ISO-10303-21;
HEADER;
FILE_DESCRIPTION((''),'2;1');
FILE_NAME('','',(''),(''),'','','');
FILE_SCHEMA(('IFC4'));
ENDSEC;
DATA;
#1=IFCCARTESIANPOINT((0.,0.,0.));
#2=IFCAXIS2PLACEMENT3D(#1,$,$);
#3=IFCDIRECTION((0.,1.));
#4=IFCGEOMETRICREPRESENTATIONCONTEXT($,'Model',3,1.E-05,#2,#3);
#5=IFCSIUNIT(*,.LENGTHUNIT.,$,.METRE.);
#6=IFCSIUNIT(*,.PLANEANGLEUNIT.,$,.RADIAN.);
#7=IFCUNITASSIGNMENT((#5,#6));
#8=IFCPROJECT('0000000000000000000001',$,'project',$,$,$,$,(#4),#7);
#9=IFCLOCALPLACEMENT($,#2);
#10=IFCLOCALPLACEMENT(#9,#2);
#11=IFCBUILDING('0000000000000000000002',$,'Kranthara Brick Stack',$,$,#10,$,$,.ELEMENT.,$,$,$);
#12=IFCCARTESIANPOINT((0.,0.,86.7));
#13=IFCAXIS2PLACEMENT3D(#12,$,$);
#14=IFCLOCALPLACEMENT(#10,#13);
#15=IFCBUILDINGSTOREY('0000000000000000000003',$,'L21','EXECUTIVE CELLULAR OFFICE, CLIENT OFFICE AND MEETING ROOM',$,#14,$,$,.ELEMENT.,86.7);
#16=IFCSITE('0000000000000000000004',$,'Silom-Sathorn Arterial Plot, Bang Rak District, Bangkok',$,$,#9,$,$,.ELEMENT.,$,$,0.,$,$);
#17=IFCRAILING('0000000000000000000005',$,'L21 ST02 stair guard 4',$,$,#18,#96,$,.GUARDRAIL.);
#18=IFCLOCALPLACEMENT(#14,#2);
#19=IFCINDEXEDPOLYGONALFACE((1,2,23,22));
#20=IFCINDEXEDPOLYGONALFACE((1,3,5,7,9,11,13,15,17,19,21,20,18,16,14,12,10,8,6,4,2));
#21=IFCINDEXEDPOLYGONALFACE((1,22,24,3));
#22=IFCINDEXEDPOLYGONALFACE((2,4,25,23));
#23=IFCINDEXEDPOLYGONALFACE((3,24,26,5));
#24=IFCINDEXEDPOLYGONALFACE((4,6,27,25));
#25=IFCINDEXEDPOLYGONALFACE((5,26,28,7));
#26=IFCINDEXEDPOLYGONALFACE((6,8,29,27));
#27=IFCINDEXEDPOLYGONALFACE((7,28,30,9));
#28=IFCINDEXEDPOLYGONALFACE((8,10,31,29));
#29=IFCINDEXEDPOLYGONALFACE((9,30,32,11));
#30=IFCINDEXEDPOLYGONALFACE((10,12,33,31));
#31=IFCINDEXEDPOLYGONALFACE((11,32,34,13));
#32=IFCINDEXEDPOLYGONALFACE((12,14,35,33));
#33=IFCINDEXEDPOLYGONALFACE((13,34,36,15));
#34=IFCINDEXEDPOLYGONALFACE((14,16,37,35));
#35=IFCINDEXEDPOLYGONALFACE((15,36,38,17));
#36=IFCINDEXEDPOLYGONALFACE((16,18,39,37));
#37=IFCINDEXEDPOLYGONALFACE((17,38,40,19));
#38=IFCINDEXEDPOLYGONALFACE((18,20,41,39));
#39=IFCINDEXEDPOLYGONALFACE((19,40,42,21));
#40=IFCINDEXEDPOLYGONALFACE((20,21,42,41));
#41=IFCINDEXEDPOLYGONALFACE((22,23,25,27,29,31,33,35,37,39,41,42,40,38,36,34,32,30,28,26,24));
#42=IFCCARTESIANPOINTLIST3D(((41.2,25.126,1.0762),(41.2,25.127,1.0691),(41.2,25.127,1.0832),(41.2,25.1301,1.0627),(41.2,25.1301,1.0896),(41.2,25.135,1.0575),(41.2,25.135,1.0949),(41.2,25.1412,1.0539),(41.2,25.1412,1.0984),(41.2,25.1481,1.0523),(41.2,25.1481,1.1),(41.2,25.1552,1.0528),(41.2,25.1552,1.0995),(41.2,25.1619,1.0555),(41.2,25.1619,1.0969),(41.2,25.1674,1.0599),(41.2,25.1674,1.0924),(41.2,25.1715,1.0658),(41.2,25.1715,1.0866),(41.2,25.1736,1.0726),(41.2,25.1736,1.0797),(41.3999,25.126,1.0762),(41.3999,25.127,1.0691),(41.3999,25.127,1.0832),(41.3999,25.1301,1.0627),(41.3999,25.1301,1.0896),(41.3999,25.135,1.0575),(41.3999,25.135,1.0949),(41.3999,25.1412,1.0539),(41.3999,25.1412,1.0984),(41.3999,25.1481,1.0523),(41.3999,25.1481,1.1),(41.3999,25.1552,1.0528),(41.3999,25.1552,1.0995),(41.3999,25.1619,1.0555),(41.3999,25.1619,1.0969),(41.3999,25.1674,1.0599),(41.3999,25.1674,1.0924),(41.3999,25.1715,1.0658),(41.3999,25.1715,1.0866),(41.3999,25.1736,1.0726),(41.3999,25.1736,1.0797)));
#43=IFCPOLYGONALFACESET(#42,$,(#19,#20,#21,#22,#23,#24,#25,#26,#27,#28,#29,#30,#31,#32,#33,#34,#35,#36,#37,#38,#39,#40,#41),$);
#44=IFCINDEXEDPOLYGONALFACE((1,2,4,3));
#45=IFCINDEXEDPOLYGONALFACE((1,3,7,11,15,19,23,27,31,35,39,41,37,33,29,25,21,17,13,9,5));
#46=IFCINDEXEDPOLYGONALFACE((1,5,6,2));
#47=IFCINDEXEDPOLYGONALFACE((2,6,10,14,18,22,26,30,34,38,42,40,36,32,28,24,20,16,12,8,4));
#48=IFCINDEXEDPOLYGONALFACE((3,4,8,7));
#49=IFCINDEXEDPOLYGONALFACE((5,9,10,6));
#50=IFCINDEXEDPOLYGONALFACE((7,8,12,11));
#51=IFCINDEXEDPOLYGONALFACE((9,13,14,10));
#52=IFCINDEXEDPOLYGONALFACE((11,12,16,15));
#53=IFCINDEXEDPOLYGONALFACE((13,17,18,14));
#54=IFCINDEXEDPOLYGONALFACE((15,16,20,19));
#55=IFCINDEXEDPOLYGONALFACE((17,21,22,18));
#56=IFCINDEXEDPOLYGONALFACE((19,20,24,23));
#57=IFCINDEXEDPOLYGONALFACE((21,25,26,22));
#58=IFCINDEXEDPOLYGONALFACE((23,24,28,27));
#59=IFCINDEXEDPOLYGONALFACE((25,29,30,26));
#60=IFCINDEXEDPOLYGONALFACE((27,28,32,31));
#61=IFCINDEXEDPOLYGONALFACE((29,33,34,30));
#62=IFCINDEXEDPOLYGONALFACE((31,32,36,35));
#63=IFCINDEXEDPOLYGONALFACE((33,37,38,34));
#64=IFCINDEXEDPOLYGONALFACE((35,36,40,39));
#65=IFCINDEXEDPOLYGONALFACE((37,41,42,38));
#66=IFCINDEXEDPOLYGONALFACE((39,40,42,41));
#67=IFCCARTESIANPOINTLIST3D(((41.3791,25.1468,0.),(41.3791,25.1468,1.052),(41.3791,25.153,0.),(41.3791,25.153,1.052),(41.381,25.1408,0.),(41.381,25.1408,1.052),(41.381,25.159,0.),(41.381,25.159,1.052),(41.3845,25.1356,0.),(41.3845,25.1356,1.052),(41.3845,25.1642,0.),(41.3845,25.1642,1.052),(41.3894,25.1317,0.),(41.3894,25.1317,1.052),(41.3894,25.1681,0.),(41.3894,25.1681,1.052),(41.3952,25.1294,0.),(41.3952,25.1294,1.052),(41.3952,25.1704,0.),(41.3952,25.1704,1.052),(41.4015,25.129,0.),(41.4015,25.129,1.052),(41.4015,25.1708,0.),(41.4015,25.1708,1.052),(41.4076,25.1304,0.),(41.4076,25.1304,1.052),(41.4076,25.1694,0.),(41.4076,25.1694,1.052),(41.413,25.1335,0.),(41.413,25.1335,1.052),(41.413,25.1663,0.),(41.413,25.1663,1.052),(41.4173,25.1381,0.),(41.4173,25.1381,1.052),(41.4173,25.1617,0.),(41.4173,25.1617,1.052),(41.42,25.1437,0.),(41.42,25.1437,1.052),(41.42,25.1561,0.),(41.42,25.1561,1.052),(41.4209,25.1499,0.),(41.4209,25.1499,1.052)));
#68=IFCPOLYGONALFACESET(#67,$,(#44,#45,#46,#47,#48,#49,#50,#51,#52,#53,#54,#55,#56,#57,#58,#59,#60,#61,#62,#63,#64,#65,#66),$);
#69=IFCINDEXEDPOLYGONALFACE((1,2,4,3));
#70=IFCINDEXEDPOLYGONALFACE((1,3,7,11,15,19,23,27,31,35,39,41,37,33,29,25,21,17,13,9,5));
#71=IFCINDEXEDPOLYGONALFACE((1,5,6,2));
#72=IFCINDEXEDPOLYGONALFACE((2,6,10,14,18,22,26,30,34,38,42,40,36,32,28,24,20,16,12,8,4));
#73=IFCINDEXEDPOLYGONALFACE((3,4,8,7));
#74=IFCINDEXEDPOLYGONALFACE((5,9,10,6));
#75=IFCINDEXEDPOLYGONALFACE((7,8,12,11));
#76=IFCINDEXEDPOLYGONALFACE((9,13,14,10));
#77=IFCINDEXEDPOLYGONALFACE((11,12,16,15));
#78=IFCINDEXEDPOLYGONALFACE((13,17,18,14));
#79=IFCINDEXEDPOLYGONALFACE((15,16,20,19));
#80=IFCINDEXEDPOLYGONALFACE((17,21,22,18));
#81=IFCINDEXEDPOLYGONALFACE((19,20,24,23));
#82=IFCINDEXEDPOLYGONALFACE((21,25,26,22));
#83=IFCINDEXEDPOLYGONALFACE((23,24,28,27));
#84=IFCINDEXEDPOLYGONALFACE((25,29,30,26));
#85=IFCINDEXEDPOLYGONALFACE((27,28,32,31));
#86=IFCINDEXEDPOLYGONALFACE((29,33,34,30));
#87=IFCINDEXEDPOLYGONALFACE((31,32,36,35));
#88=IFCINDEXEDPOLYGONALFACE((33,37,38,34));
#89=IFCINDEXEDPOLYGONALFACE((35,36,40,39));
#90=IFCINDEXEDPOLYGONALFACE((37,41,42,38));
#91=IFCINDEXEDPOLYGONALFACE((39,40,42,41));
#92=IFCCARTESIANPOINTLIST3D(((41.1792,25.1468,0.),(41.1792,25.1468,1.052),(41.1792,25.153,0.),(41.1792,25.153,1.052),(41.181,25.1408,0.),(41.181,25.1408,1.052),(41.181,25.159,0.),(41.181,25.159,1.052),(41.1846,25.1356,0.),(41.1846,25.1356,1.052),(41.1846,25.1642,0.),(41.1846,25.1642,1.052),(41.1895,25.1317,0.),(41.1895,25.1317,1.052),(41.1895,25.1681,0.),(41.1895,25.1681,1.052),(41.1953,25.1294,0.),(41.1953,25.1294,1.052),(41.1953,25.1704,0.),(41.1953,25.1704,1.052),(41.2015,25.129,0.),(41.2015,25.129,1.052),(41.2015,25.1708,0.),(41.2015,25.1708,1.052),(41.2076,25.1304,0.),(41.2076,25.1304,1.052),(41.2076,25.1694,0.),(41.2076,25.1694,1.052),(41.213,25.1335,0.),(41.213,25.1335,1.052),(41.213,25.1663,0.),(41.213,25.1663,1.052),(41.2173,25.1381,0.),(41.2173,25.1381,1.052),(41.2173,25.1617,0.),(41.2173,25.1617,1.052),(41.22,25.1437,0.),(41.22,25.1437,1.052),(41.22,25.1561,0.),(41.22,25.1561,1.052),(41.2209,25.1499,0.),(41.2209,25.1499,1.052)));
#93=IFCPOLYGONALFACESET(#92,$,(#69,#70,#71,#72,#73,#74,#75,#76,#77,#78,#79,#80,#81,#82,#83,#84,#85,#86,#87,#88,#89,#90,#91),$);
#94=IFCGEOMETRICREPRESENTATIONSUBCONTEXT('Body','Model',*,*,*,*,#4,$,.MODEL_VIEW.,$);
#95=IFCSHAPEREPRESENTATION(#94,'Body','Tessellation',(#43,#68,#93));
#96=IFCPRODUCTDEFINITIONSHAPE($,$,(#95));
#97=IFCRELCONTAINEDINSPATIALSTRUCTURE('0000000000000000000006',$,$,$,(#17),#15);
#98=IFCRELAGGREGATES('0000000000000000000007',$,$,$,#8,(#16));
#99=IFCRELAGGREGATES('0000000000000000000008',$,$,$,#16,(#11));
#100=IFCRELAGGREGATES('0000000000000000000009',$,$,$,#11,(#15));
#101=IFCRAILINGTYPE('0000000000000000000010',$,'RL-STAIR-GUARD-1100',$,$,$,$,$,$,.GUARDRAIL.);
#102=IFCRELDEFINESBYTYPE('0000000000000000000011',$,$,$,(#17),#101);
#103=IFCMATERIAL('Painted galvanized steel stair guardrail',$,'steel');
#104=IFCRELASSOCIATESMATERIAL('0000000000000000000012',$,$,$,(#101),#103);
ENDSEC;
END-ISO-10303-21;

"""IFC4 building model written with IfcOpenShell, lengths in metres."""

from ifc_helpers import new_model, si_unit, direction, frame, origin, origin_2d, place, context, subcontext, project, spatial, circle, extrude, material, type_object, element, save


model = new_model("IFC4")

# Units and contexts
model_context = context("Model", 3, precision=1e-05, world=origin(), true_north=direction((0.0, 1.0)))
body_context = subcontext(model_context, "Body", "Model", "MODEL_VIEW")
ifc_project = project(units=[si_unit("LENGTHUNIT", "METRE"), si_unit("PLANEANGLEUNIT", "RADIAN")], contexts=[model_context])

# Site, building, storey
site_placement = place(None, origin())
site = spatial("IfcSite", under=ifc_project, at=site_placement, Name="Silom-Sathorn Arterial Plot, Bang Rak District, Bangkok", CompositionType="ELEMENT", RefElevation=0.0)
building_placement = place(site_placement, origin())
building = spatial("IfcBuilding", under=site, at=building_placement, Name="Kranthara Brick Stack", CompositionType="ELEMENT")
storey_placement = place(building_placement, frame((0.0, 0.0, 86.7)))
storey = spatial("IfcBuildingStorey", under=building, at=storey_placement, Name="L21", Description="EXECUTIVE CELLULAR OFFICE, CLIENT OFFICE AND MEETING ROOM", CompositionType="ELEMENT", Elevation=86.7)

# Railing
ifc_material_1 = material(Name="Painted galvanized steel stair guardrail", Category="steel")
railing_type_1 = type_object("IfcRailingType", Name="RL-STAIR-GUARD-1100", PredefinedType="GUARDRAIL", material=ifc_material_1)
railing_1_placement = place(storey_placement, frame((41.3999, 25.1499, 0.0)))
element("IfcRailing", 1, at=railing_1_placement, inside=storey, type_object=railing_type_1, Name="L21 ST02 stair guard 4", PredefinedType="GUARDRAIL", context=body_context, shape_type="SweptSolid", body=[
    extrude(circle(Radius=0.0239, at=origin_2d()), frame((0.0, 0.0, 1.0762), z_axis=(-1.0, 0.0, 0.0), x_axis=(0.0, -1.0, 0.0)), (0.0, 0.0, 1.0), 0.2),
    extrude(circle(Radius=0.021, at=origin_2d()), origin(), (0.0, 0.0, 1.0), 1.052),
    extrude(circle(Radius=0.021, at=origin_2d()), frame((-0.2, 0.0, 0.0)), (0.0, 0.0, 1.0), 1.052),
])

save(model, "model.ifc")
